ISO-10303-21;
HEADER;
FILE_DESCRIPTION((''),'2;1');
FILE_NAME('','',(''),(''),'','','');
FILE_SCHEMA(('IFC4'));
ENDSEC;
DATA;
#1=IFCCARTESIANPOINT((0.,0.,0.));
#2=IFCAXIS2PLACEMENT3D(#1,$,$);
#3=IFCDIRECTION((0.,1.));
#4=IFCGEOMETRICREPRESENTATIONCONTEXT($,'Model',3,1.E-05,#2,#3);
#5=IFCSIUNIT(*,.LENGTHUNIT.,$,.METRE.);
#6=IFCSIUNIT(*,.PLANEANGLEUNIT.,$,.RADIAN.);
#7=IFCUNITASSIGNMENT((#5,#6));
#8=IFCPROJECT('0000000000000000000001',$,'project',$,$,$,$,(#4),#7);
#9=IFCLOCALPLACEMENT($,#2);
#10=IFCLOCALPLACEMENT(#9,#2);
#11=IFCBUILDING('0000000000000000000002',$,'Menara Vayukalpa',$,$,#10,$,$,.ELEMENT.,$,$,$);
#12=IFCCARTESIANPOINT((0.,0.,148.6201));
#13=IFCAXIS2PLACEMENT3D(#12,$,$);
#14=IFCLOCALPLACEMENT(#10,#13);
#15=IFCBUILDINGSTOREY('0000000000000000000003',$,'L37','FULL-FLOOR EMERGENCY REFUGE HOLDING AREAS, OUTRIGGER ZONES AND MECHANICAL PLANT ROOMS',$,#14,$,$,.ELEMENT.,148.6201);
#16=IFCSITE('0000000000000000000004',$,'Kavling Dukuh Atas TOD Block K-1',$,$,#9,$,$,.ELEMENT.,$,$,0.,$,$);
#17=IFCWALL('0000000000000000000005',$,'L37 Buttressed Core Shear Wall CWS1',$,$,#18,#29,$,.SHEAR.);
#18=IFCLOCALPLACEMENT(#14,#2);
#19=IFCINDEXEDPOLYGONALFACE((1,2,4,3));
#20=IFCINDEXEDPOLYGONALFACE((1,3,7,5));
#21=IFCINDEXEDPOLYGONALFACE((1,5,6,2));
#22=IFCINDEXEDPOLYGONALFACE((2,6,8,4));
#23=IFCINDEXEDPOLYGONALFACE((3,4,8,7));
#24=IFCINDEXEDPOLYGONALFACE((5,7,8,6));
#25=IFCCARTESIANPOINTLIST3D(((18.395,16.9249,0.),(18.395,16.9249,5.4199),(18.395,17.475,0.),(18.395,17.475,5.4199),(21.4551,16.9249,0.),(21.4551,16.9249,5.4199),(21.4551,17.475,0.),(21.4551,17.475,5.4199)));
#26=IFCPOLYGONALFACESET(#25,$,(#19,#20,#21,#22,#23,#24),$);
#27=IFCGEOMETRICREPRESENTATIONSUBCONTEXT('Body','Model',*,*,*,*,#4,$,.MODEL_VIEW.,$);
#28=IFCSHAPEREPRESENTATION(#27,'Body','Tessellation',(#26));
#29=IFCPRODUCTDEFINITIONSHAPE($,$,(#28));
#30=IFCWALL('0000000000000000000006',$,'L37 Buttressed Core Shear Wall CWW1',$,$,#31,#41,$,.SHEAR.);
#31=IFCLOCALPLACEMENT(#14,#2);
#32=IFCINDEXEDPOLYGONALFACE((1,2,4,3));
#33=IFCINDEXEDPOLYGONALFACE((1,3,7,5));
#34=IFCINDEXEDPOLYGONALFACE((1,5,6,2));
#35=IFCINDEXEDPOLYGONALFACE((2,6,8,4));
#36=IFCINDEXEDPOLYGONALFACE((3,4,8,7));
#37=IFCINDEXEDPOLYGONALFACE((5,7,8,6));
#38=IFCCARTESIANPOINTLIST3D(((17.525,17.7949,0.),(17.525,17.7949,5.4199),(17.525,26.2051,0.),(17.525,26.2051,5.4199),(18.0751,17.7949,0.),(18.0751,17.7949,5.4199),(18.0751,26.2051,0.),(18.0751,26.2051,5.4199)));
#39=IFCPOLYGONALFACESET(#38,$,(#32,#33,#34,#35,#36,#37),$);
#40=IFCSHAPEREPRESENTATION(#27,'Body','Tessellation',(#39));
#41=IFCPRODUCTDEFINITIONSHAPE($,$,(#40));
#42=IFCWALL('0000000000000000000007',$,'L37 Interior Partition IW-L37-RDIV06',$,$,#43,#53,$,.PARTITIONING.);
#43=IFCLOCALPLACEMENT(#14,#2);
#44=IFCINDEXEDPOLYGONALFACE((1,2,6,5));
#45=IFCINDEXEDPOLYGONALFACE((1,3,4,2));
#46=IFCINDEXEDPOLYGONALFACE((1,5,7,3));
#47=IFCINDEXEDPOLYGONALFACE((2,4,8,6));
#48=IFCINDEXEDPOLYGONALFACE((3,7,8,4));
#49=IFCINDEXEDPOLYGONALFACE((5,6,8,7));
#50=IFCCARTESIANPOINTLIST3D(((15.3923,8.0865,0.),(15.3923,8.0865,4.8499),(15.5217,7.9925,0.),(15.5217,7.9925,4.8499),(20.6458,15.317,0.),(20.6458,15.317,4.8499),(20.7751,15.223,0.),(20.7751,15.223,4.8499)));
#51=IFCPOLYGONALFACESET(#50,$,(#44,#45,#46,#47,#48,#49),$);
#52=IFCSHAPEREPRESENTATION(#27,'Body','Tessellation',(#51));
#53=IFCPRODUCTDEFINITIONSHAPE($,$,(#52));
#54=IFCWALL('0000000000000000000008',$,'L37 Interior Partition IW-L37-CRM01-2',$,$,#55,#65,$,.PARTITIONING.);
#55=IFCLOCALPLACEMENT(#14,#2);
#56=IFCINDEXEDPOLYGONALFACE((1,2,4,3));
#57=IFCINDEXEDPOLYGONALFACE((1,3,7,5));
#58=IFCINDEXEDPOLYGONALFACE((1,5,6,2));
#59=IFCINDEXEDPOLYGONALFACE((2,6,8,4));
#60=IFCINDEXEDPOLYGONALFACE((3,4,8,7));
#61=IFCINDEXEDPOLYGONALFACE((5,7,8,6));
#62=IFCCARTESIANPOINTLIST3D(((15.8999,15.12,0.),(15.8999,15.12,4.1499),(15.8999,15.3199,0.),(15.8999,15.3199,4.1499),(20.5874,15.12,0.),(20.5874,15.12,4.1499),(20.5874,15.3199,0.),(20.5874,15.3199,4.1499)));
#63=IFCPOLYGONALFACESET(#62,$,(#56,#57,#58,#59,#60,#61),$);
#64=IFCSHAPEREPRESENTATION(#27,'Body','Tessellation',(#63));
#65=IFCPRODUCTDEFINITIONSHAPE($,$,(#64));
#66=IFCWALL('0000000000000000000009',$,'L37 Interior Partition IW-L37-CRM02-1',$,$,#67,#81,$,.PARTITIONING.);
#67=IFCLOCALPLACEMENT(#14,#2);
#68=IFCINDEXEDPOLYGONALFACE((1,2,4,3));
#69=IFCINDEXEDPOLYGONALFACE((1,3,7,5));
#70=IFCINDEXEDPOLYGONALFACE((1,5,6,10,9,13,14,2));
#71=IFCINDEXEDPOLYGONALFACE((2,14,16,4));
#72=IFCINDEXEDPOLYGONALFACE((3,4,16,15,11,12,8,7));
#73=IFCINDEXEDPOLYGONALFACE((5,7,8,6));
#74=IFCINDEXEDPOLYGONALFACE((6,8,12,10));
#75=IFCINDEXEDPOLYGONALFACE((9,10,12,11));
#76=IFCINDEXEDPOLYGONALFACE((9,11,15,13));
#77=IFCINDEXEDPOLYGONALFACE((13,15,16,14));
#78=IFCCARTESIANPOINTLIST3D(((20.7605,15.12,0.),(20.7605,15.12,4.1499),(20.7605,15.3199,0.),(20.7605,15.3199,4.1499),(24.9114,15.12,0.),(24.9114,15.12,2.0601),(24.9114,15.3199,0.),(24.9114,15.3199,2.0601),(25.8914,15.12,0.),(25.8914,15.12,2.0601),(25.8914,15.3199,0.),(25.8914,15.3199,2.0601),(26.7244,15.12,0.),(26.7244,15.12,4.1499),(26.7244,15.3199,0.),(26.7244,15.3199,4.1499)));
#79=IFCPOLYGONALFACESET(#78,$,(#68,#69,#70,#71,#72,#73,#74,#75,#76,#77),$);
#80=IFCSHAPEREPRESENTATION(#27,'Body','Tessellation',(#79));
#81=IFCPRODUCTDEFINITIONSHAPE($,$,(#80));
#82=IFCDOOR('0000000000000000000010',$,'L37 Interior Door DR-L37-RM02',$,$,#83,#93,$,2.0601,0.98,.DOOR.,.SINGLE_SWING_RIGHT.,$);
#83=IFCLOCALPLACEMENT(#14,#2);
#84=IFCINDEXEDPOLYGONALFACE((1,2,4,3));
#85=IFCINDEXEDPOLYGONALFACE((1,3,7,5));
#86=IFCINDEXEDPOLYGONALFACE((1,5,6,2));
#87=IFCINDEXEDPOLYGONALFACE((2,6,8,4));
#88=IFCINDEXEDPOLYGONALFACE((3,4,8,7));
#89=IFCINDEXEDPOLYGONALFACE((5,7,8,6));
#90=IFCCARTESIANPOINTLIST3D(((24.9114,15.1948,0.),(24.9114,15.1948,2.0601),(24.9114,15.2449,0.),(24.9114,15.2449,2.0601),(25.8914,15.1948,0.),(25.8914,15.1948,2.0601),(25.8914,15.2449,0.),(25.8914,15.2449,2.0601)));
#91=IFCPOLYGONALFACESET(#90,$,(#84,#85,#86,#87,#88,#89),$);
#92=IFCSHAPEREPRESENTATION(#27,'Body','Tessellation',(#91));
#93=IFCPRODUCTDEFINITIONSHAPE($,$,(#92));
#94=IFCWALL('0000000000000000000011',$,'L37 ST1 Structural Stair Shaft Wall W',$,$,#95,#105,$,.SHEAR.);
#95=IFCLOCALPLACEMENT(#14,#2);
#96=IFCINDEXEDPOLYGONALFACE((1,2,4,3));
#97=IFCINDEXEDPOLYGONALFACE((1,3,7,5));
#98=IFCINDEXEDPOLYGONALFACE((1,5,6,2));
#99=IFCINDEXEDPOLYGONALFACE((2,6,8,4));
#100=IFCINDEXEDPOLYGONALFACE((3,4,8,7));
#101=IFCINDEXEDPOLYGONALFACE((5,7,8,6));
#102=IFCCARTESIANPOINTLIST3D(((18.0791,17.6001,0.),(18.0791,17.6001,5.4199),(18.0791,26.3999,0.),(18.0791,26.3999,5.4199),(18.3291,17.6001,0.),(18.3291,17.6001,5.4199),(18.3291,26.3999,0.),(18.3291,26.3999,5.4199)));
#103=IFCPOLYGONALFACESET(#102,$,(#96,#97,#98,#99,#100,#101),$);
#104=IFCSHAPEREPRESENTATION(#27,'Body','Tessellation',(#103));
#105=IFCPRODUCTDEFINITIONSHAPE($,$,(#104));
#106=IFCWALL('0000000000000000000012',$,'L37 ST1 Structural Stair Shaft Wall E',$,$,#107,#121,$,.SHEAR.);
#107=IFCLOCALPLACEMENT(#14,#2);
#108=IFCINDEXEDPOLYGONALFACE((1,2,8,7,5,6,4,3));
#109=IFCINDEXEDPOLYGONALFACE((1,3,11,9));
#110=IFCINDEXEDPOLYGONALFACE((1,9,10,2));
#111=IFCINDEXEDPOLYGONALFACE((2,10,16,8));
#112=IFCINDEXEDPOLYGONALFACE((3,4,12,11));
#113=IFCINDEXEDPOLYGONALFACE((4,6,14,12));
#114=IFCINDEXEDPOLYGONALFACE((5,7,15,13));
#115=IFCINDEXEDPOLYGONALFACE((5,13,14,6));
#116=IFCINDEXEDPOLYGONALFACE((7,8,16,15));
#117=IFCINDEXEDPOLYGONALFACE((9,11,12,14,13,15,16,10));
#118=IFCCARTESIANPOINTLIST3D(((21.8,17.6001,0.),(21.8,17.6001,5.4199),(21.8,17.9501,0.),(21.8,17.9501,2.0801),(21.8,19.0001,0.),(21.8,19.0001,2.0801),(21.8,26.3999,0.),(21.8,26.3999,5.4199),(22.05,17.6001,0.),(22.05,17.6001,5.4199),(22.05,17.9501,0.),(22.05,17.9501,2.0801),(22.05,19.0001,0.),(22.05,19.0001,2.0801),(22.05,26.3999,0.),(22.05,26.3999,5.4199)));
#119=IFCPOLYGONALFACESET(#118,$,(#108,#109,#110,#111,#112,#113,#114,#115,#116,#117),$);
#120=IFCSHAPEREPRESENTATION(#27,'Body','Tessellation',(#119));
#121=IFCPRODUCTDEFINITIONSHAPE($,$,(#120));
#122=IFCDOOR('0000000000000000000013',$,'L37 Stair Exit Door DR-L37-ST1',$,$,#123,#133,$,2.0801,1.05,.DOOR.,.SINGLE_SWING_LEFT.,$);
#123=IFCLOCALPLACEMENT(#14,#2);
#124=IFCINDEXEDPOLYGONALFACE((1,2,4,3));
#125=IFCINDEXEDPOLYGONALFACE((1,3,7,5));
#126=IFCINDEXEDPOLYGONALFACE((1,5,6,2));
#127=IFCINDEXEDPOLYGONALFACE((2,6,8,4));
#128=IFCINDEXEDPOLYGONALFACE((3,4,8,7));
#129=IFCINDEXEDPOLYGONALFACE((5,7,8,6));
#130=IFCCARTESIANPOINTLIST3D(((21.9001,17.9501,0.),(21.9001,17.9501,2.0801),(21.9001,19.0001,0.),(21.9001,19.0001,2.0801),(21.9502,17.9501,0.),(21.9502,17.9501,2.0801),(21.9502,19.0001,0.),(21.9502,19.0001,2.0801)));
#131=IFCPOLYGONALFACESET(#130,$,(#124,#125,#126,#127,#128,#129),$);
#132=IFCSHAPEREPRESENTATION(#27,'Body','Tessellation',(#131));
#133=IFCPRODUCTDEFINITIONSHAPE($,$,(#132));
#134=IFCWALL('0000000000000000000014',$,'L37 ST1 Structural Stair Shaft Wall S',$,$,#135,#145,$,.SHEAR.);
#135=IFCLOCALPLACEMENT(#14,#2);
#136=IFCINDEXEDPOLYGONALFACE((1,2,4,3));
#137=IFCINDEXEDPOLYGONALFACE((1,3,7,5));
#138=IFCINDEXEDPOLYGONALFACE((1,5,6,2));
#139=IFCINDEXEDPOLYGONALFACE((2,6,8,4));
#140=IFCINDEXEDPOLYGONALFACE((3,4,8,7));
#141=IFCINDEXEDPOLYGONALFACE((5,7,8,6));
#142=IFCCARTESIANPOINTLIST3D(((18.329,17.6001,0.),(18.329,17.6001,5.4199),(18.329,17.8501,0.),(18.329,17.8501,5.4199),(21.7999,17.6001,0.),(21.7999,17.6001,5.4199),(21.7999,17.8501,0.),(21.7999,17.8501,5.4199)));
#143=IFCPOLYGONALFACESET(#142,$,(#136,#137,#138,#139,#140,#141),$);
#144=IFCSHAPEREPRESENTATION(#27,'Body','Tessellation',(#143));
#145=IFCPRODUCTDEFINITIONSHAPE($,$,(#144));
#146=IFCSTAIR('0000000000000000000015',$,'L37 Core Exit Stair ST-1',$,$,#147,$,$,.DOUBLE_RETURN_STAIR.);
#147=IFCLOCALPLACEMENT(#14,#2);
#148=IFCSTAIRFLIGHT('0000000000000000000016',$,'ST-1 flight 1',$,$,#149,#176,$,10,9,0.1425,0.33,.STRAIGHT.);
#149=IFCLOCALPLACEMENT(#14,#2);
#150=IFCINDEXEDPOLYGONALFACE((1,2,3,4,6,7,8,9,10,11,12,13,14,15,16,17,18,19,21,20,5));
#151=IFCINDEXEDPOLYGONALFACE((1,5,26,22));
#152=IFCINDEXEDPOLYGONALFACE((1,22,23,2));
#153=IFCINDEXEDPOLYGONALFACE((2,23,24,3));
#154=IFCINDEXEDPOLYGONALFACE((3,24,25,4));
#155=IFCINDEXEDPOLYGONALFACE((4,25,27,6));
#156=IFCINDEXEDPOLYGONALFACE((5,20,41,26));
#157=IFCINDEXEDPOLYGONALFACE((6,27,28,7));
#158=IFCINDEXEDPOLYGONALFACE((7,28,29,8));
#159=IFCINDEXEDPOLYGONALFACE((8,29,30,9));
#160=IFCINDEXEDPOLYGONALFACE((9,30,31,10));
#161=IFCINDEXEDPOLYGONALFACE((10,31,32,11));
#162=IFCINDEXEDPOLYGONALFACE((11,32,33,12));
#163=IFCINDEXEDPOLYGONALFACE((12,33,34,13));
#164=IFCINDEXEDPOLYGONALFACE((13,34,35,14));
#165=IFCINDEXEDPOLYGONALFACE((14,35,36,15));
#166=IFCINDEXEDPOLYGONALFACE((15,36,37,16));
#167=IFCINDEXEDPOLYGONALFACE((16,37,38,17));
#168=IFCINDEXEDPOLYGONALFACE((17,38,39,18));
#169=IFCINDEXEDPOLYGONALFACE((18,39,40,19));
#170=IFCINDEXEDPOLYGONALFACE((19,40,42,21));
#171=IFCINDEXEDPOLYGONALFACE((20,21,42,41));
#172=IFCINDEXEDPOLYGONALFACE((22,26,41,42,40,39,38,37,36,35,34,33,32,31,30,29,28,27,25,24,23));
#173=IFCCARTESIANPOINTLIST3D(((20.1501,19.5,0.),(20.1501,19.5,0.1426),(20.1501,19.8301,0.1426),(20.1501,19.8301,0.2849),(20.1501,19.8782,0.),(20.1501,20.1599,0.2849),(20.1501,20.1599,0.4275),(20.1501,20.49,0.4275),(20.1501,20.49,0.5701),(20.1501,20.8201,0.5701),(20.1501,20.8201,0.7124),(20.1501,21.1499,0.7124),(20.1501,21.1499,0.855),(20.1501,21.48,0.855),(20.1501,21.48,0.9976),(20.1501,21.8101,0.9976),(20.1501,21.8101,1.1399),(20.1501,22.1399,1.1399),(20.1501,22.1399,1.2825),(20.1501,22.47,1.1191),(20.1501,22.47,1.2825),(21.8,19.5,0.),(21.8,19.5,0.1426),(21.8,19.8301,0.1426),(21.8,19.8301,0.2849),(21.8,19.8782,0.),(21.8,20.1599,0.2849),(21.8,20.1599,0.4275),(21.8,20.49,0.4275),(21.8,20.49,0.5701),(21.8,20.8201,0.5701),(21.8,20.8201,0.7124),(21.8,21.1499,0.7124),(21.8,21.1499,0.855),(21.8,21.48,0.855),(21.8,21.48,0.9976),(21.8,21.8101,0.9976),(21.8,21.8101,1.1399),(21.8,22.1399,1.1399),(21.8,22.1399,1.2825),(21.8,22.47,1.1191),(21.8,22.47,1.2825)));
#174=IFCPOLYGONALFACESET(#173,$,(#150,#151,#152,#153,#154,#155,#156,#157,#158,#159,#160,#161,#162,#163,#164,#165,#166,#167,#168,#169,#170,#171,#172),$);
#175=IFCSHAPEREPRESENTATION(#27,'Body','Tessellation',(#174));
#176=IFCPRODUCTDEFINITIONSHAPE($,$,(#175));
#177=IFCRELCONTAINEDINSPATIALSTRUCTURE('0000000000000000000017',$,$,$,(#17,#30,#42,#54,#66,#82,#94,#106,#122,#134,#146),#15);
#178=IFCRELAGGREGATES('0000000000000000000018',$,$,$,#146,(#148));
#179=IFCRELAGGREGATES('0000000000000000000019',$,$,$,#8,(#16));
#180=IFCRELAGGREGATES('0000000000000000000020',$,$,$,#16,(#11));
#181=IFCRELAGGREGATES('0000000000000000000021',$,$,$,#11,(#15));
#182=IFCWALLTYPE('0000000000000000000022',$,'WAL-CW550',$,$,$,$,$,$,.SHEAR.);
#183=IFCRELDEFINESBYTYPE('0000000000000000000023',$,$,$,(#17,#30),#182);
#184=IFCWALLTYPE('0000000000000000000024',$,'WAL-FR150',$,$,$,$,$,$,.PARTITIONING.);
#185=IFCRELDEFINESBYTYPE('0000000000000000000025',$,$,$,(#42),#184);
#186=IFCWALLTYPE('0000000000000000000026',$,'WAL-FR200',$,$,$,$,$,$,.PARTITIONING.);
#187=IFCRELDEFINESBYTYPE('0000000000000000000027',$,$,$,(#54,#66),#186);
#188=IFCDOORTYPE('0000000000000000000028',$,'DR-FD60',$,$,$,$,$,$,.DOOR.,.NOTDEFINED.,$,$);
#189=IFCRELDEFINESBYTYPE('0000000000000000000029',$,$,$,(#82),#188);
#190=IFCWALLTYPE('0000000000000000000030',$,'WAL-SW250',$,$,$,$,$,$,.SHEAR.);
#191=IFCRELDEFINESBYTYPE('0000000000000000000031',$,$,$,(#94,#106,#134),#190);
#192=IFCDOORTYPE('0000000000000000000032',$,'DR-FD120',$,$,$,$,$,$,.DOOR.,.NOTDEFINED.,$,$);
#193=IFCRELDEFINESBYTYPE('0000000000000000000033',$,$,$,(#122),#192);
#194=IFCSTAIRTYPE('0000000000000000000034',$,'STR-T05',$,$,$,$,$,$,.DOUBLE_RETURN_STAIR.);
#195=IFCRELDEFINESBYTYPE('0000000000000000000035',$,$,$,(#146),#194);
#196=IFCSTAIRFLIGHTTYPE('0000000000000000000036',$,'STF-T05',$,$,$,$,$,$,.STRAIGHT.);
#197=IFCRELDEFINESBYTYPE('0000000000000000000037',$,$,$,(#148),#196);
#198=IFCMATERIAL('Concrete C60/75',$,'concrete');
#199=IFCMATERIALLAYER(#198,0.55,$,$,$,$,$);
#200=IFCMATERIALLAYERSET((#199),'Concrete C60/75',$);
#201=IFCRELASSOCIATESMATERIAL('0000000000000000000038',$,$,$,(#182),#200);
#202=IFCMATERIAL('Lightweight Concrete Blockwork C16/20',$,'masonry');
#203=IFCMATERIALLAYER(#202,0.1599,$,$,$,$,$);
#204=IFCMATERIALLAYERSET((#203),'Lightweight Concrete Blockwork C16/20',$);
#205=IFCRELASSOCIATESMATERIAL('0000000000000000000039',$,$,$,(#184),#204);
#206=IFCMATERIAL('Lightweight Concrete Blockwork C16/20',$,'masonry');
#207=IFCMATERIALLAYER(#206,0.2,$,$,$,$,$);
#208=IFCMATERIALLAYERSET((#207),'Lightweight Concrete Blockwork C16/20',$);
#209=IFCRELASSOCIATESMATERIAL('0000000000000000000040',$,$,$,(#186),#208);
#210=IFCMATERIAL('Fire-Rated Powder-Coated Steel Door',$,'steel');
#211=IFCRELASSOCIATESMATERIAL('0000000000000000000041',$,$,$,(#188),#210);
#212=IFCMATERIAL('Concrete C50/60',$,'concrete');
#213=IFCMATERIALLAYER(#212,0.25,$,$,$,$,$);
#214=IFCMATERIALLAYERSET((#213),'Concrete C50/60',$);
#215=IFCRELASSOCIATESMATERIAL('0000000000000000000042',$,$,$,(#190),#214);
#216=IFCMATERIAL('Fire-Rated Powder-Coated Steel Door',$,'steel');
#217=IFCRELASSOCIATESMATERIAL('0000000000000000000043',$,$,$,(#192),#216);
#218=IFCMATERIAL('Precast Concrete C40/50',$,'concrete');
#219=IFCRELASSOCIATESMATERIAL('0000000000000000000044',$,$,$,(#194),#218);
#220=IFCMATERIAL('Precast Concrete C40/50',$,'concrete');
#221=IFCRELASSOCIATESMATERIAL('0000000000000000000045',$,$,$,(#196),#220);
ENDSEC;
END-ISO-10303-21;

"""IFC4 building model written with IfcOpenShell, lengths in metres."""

from ifc_helpers import new_model, si_unit, direction, frame, frame_2d, origin, place, context, subcontext, project, spatial, polyline, rectangle, outline, extrude, material, layer, layer_set, type_object, element, fill, aggregate, save


model = new_model("IFC4")

# Units and contexts
model_context = context("Model", 3, precision=1e-05, world=origin(), true_north=direction((0.0, 1.0)))
body_context = subcontext(model_context, "Body", "Model", "MODEL_VIEW")
ifc_project = project(units=[si_unit("LENGTHUNIT", "METRE"), si_unit("PLANEANGLEUNIT", "RADIAN")], contexts=[model_context])

# Site, building, storey
site_placement = place(None, origin())
site = spatial("IfcSite", under=ifc_project, at=site_placement, Name="Kavling Dukuh Atas TOD Block K-1", CompositionType="ELEMENT", RefElevation=0.0)
building_placement = place(site_placement, origin())
building = spatial("IfcBuilding", under=site, at=building_placement, Name="Menara Vayukalpa", CompositionType="ELEMENT")
storey_placement = place(building_placement, frame((0.0, 0.0, 148.6201)))
storey = spatial("IfcBuildingStorey", under=building, at=storey_placement, Name="L37", Description="FULL-FLOOR EMERGENCY REFUGE HOLDING AREAS, OUTRIGGER ZONES AND MECHANICAL PLANT ROOMS", CompositionType="ELEMENT", Elevation=148.6201)

# Walls
ifc_material_1 = material(Name="Concrete C60/75", Category="concrete")
ifc_layer_1 = layer(ifc_material_1, 0.55)
ifc_layer_set_1 = layer_set([ifc_layer_1], Name="Concrete C60/75")
wall_type_1 = type_object("IfcWallType", Name="WAL-CW550", PredefinedType="SHEAR", material=ifc_layer_set_1)
wall_1_placement = place(storey_placement, frame((18.395, 17.2, 0.0), z_axis=(0.0, 0.0, 1.0), x_axis=(1.0, 0.0, 0.0)))
element("IfcWall", 1, at=wall_1_placement, inside=storey, type_object=wall_type_1, Name="L37 Buttressed Core Shear Wall CWS1", PredefinedType="SHEAR", context=body_context, shape_type="SweptSolid", body=[
    extrude(rectangle(XDim=3.0601, YDim=0.55, at=frame_2d((1.53, 0.0))), origin(), (0.0, 0.0, 1.0), 5.4199),
])
wall_2_placement = place(storey_placement, frame((17.8, 17.7949, 0.0), z_axis=(0.0, 0.0, 1.0), x_axis=(0.0, 1.0, 0.0)))
element("IfcWall", 2, at=wall_2_placement, inside=storey, type_object=wall_type_1, Name="L37 Buttressed Core Shear Wall CWW1", PredefinedType="SHEAR", context=body_context, shape_type="SweptSolid", body=[
    extrude(rectangle(XDim=8.4102, YDim=0.55, at=frame_2d((4.2051, 0.0))), origin(), (0.0, 0.0, 1.0), 5.4199),
])
ifc_material_2 = material(Name="Lightweight Concrete Blockwork C16/20", Category="masonry")
ifc_layer_2 = layer(ifc_material_2, 0.1599)
ifc_layer_set_2 = layer_set([ifc_layer_2], Name="Lightweight Concrete Blockwork C16/20")
wall_type_2 = type_object("IfcWallType", Name="WAL-FR150", PredefinedType="PARTITIONING", material=ifc_layer_set_2)
wall_3_placement = place(storey_placement, frame((20.7104, 15.27, 0.0), z_axis=(0.0, 0.0, 1.0), x_axis=(-0.587798, -0.809008, 0.0)))
element("IfcWall", 3, at=wall_3_placement, inside=storey, type_object=wall_type_2, Name="L37 Interior Partition IW-L37-RDIV06", PredefinedType="PARTITIONING", context=body_context, shape_type="SweptSolid", body=[
    extrude(rectangle(XDim=8.9375, YDim=0.1599, at=frame_2d((4.4688, 0.0))), origin(), (0.0, 0.0, 1.0), 4.8499),
])
ifc_material_3 = material(Name="Lightweight Concrete Blockwork C16/20", Category="masonry")
ifc_layer_3 = layer(ifc_material_3, 0.2)
ifc_layer_set_3 = layer_set([ifc_layer_3], Name="Lightweight Concrete Blockwork C16/20")
wall_type_3 = type_object("IfcWallType", Name="WAL-FR200", PredefinedType="PARTITIONING", material=ifc_layer_set_3)
wall_4_placement = place(storey_placement, frame((15.8999, 15.22, 0.0), z_axis=(0.0, 0.0, 1.0), x_axis=(1.0, 0.0, 0.0)))
element("IfcWall", 4, at=wall_4_placement, inside=storey, type_object=wall_type_3, Name="L37 Interior Partition IW-L37-CRM01-2", PredefinedType="PARTITIONING", context=body_context, shape_type="SweptSolid", body=[
    extrude(rectangle(XDim=4.6875, YDim=0.2, at=frame_2d((2.3438, 0.0))), origin(), (0.0, 0.0, 1.0), 4.1499),
])

# Wall, opening, door
wall_5_placement = place(storey_placement, frame((20.7605, 15.22, 0.0), z_axis=(0.0, 0.0, 1.0), x_axis=(1.0, 0.0, 0.0)))
wall_5 = element("IfcWall", 5, at=wall_5_placement, inside=storey, type_object=wall_type_3, Name="L37 Interior Partition IW-L37-CRM02-1", PredefinedType="PARTITIONING", context=body_context, shape_type="SweptSolid", body=[
    extrude(rectangle(XDim=5.9639, YDim=0.2, at=frame_2d((2.9819, 0.0))), origin(), (0.0, 0.0, 1.0), 4.1499),
])
opening_1_placement = place(wall_5_placement, frame((4.1509, 0.0, 0.0)))
opening_1 = element("IfcOpeningElement", 6, at=opening_1_placement, cuts=wall_5, PredefinedType="OPENING", context=body_context, shape_type="SweptSolid", body=[
    extrude(rectangle(XDim=0.98, YDim=2.0601, at=frame_2d((0.49, 1.03))), frame((0.0, 0.1099, 0.0), z_axis=(0.0, -1.0, 0.0), x_axis=(1.0, 0.0, 0.0)), (0.0, 0.0, 1.0), 0.22),
])
ifc_material_4 = material(Name="Fire-Rated Powder-Coated Steel Door", Category="steel")
door_type_1 = type_object("IfcDoorType", Name="DR-FD60", OperationType="NOTDEFINED", PredefinedType="DOOR", material=ifc_material_4)
door_1_placement = place(opening_1_placement, origin())
door_1 = element("IfcDoor", 7, at=door_1_placement, inside=storey, type_object=door_type_1, Name="L37 Interior Door DR-L37-RM02", OperationType="SINGLE_SWING_RIGHT", OverallHeight=2.0601, OverallWidth=0.98, PredefinedType="DOOR", context=body_context, shape_type="SweptSolid", body=[
    extrude(rectangle(XDim=0.98, YDim=2.0601, at=frame_2d((0.49, 1.03))), frame((0.0, 0.0249, 0.0), z_axis=(0.0, -1.0, 0.0), x_axis=(1.0, 0.0, 0.0)), (0.0, 0.0, 1.0), 0.05),
])
fill(opening_1, door_1)

# Wall
ifc_material_5 = material(Name="Concrete C50/60", Category="concrete")
ifc_layer_4 = layer(ifc_material_5, 0.25)
ifc_layer_set_4 = layer_set([ifc_layer_4], Name="Concrete C50/60")
wall_type_4 = type_object("IfcWallType", Name="WAL-SW250", PredefinedType="SHEAR", material=ifc_layer_set_4)
wall_6_placement = place(storey_placement, frame((18.2041, 17.6001, 0.0), z_axis=(0.0, 0.0, 1.0), x_axis=(0.0, 1.0, 0.0)))
element("IfcWall", 8, at=wall_6_placement, inside=storey, type_object=wall_type_4, Name="L37 ST1 Structural Stair Shaft Wall W", PredefinedType="SHEAR", context=body_context, shape_type="SweptSolid", body=[
    extrude(rectangle(XDim=8.7998, YDim=0.25, at=frame_2d((4.3999, 0.0))), origin(), (0.0, 0.0, 1.0), 5.4199),
])

# Wall, opening, door
wall_7_placement = place(storey_placement, frame((21.925, 17.6001, 0.0), z_axis=(0.0, 0.0, 1.0), x_axis=(0.0, 1.0, 0.0)))
wall_7 = element("IfcWall", 9, at=wall_7_placement, inside=storey, type_object=wall_type_4, Name="L37 ST1 Structural Stair Shaft Wall E", PredefinedType="SHEAR", context=body_context, shape_type="SweptSolid", body=[
    extrude(rectangle(XDim=8.7998, YDim=0.25, at=frame_2d((4.3999, 0.0))), origin(), (0.0, 0.0, 1.0), 5.4199),
])
opening_2_placement = place(wall_7_placement, frame((0.3501, 0.0, 0.0)))
opening_2 = element("IfcOpeningElement", 10, at=opening_2_placement, cuts=wall_7, PredefinedType="OPENING", context=body_context, shape_type="SweptSolid", body=[
    extrude(rectangle(XDim=1.05, YDim=2.0801, at=frame_2d((0.5249, 1.04))), frame((0.0, 0.135, 0.0), z_axis=(0.0, -1.0, 0.0), x_axis=(1.0, 0.0, 0.0)), (0.0, 0.0, 1.0), 0.27),
])
ifc_material_6 = material(Name="Fire-Rated Powder-Coated Steel Door", Category="steel")
door_type_2 = type_object("IfcDoorType", Name="DR-FD120", OperationType="NOTDEFINED", PredefinedType="DOOR", material=ifc_material_6)
door_2_placement = place(opening_2_placement, origin())
door_2 = element("IfcDoor", 11, at=door_2_placement, inside=storey, type_object=door_type_2, Name="L37 Stair Exit Door DR-L37-ST1", OperationType="SINGLE_SWING_LEFT", OverallHeight=2.0801, OverallWidth=1.05, PredefinedType="DOOR", context=body_context, shape_type="SweptSolid", body=[
    extrude(rectangle(XDim=1.05, YDim=2.0801, at=frame_2d((0.5249, 1.04))), frame((0.0, 0.0249, 0.0), z_axis=(0.0, -1.0, 0.0), x_axis=(1.0, 0.0, 0.0)), (0.0, 0.0, 1.0), 0.05),
])
fill(opening_2, door_2)

# Wall
wall_8_placement = place(storey_placement, frame((18.3291, 17.7251, 0.0), z_axis=(0.0, 0.0, 1.0), x_axis=(1.0, 0.0, 0.0)))
element("IfcWall", 12, at=wall_8_placement, inside=storey, type_object=wall_type_4, Name="L37 ST1 Structural Stair Shaft Wall S", PredefinedType="SHEAR", context=body_context, shape_type="SweptSolid", body=[
    extrude(rectangle(XDim=3.4709, YDim=0.25, at=frame_2d((1.7354, 0.0))), origin(), (0.0, 0.0, 1.0), 5.4199),
])

# Stair, stair flight
ifc_material_7 = material(Name="Precast Concrete C40/50", Category="concrete")
stair_type = type_object("IfcStairType", Name="STR-T05", PredefinedType="DOUBLE_RETURN_STAIR", material=ifc_material_7)
stair_placement = place(storey_placement, origin())
stair = element("IfcStair", 13, at=stair_placement, inside=storey, type_object=stair_type, Name="L37 Core Exit Stair ST-1", PredefinedType="DOUBLE_RETURN_STAIR")
ifc_material_8 = material(Name="Precast Concrete C40/50", Category="concrete")
stair_flight_type = type_object("IfcStairFlightType", Name="STF-T05", PredefinedType="STRAIGHT", material=ifc_material_8)
stair_flight_placement = place(storey_placement, frame((20.9751, 19.5, 0.0), z_axis=(0.0, 0.0, 1.0), x_axis=(0.0, 1.0, 0.0)))
stair_flight = element("IfcStairFlight", 14, at=stair_flight_placement, type_object=stair_flight_type, Name="ST-1 flight 1", NumberOfRisers=10, NumberOfTreads=9, PredefinedType="STRAIGHT", RiserHeight=0.1425, TreadLength=0.33, context=body_context, shape_type="SweptSolid", body=[
    extrude(outline(polyline([(0.0, 0.0), (0.0, 0.1426), (0.3301, 0.1426), (0.3301, 0.2849), (0.6599, 0.2849), (0.6599, 0.4275), (0.99, 0.4275), (0.99, 0.5701), (1.3201, 0.5701), (1.3201, 0.7124), (1.6499, 0.7124), (1.6499, 0.855), (1.98, 0.855), (1.98, 0.9976), (2.3101, 0.9976), (2.3101, 1.1399), (2.6399, 1.1399), (2.6399, 1.2825), (2.97, 1.2825), (2.97, 1.425), (2.97, 1.1191), (0.3782, 0.0), (0.0, 0.0)])), frame((0.0, 0.825, 0.0), z_axis=(0.0, -1.0, 0.0), x_axis=(1.0, 0.0, 0.0)), (0.0, 0.0, 1.0), 1.6499),
])
aggregate(stair, [stair_flight])

save(model, "model.ifc")
